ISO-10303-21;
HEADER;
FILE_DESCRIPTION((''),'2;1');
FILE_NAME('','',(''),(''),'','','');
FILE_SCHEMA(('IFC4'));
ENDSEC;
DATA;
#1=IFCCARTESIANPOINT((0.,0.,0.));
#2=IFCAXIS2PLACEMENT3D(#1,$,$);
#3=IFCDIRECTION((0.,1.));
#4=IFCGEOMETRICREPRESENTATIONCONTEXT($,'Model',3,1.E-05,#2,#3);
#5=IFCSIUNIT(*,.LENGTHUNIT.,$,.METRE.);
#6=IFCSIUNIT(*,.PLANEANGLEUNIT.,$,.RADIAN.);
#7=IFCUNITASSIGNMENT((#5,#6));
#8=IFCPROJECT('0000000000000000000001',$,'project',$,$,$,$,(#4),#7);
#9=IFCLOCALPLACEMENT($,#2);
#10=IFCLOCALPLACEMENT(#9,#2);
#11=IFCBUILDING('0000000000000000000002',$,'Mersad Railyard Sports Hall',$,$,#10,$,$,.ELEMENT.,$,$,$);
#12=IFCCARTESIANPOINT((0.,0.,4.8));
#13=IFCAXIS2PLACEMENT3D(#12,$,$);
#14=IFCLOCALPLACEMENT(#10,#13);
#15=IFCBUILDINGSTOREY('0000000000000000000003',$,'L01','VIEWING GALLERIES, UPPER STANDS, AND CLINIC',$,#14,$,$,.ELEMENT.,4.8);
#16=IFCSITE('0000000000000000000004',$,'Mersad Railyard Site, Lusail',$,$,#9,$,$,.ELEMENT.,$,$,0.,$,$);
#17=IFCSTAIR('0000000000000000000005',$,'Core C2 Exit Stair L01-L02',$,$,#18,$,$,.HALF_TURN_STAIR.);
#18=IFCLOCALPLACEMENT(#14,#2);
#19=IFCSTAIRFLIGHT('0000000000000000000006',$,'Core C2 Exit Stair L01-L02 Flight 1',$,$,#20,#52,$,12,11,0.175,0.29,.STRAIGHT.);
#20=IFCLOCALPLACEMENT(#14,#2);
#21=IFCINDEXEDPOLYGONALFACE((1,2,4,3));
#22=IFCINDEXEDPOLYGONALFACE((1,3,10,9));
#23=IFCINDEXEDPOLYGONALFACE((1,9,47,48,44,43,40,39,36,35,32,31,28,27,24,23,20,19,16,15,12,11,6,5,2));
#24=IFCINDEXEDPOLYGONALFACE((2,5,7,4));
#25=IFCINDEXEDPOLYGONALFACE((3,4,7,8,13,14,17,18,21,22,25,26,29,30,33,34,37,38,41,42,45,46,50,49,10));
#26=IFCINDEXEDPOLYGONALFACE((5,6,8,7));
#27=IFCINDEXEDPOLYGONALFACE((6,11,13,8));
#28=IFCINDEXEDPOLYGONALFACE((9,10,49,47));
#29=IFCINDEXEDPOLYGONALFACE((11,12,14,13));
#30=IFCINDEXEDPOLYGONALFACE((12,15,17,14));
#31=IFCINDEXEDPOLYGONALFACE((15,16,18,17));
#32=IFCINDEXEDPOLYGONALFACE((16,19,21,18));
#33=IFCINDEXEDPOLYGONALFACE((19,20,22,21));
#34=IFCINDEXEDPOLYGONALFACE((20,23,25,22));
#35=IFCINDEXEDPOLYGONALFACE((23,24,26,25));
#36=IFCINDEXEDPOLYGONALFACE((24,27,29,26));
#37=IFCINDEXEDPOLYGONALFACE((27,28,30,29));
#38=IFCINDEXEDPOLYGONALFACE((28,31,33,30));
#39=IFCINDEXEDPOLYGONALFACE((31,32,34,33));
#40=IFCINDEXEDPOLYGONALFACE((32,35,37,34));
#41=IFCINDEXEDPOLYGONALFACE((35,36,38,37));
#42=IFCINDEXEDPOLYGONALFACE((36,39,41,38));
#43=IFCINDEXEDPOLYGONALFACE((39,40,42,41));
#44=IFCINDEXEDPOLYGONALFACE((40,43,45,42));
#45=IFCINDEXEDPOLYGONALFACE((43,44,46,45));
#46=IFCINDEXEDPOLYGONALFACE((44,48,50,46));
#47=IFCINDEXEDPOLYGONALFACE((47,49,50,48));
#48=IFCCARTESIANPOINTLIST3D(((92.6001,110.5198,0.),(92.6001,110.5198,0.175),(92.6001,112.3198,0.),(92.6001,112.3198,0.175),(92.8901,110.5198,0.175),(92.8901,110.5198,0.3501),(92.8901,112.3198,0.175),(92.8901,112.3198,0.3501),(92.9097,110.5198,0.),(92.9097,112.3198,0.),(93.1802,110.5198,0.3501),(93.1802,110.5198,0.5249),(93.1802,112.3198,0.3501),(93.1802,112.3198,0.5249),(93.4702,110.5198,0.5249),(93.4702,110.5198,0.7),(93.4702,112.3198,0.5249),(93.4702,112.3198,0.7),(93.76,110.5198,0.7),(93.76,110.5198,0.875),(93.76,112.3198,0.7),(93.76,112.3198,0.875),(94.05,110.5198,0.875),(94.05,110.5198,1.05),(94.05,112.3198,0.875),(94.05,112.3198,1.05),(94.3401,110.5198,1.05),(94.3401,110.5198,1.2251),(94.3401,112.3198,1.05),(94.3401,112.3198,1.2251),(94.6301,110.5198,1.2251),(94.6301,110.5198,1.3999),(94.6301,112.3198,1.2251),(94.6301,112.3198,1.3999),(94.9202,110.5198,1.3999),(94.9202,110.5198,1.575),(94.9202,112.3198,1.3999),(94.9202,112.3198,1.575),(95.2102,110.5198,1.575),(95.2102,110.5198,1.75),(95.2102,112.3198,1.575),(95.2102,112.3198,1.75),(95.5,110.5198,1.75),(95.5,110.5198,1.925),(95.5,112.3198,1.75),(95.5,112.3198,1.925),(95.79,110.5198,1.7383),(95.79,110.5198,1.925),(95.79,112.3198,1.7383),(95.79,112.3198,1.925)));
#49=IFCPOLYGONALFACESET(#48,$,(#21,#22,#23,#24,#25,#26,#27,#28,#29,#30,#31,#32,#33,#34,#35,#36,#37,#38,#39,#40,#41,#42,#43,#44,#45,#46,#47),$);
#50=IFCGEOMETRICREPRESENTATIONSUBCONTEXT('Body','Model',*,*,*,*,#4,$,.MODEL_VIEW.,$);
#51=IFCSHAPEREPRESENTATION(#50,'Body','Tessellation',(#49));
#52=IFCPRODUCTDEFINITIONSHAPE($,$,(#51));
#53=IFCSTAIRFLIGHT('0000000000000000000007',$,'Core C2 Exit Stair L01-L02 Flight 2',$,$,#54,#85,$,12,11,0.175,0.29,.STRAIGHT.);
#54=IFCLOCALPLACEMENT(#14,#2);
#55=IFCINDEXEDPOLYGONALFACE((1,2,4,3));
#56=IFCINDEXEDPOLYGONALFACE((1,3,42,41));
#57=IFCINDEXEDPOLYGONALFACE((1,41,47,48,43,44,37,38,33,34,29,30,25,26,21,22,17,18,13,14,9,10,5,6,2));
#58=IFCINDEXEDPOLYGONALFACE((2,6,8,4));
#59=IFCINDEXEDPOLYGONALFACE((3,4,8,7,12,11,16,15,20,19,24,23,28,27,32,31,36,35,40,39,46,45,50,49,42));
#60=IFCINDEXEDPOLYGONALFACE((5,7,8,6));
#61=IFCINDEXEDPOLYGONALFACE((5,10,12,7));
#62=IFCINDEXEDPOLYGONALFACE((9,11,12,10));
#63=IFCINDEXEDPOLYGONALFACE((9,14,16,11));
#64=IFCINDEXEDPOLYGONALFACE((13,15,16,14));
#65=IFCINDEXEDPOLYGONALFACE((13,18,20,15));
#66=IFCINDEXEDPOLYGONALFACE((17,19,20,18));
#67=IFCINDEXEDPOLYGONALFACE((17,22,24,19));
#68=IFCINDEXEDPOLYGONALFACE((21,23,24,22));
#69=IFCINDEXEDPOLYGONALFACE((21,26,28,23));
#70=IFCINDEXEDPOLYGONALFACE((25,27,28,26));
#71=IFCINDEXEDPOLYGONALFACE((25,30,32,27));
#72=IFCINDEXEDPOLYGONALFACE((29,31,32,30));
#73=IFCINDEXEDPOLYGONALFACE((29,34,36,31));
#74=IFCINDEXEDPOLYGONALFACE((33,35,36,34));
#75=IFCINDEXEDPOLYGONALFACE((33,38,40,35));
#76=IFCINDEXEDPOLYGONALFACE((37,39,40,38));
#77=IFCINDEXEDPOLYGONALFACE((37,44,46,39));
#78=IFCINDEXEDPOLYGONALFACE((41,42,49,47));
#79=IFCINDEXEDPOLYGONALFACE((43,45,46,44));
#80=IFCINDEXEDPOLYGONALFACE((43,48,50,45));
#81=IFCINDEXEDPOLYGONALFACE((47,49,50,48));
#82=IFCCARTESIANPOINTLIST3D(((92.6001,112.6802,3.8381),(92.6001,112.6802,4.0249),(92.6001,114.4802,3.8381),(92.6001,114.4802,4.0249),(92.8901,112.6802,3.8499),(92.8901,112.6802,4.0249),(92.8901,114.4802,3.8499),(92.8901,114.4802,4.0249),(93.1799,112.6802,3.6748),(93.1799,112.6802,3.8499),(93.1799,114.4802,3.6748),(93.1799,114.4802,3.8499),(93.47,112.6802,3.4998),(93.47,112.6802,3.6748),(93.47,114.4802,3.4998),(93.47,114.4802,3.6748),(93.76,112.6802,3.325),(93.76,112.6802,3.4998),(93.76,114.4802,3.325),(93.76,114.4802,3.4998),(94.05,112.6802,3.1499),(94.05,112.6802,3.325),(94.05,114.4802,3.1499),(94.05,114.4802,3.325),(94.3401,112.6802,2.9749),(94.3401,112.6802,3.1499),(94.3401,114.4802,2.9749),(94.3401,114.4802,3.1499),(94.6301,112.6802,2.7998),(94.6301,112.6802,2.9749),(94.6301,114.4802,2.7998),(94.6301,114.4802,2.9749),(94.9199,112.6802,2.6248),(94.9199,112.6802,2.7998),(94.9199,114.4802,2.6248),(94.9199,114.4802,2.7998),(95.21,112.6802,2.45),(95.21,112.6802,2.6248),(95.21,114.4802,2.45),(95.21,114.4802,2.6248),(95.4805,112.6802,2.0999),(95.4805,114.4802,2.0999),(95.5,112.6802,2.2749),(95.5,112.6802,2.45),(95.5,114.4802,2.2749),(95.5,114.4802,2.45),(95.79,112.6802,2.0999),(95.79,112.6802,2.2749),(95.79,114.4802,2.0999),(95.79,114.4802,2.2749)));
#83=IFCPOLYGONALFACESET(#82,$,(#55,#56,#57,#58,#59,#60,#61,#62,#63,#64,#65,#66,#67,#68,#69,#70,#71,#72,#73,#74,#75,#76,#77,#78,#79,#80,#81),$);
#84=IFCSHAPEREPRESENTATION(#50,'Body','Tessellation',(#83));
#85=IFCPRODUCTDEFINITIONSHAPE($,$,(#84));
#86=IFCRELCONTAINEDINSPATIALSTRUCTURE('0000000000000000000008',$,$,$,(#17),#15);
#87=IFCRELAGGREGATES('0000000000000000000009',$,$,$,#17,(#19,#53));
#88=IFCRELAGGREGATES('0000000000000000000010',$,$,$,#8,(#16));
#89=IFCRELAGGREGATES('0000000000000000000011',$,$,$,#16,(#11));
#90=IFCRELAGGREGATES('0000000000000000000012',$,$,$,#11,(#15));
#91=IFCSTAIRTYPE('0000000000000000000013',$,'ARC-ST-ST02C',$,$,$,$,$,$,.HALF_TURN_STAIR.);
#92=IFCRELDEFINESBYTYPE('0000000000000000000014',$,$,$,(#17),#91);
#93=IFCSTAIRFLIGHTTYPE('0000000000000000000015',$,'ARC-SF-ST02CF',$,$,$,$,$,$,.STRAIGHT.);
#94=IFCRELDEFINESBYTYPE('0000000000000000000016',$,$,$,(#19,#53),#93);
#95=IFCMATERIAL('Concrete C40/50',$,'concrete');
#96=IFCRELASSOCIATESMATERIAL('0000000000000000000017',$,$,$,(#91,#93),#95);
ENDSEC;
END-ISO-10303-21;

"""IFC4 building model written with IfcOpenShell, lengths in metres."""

from ifc_helpers import new_model, si_unit, direction, frame, origin, place, context, subcontext, project, spatial, polyline, outline, extrude, material, type_object, element, aggregate, save


model = new_model("IFC4")

# Units and contexts
model_context = context("Model", 3, precision=1e-05, world=origin(), true_north=direction((0.0, 1.0)))
body_context = subcontext(model_context, "Body", "Model", "MODEL_VIEW")
ifc_project = project(units=[si_unit("LENGTHUNIT", "METRE"), si_unit("PLANEANGLEUNIT", "RADIAN")], contexts=[model_context])

# Site, building, storey
site_placement = place(None, origin())
site = spatial("IfcSite", under=ifc_project, at=site_placement, Name="Mersad Railyard Site, Lusail", CompositionType="ELEMENT", RefElevation=0.0)
building_placement = place(site_placement, origin())
building = spatial("IfcBuilding", under=site, at=building_placement, Name="Mersad Railyard Sports Hall", CompositionType="ELEMENT")
storey_placement = place(building_placement, frame((0.0, 0.0, 4.8)))
storey = spatial("IfcBuildingStorey", under=building, at=storey_placement, Name="L01", Description="VIEWING GALLERIES, UPPER STANDS, AND CLINIC", CompositionType="ELEMENT", Elevation=4.8)

# Shared definitions
ifc_material_1 = material(Name="Concrete C40/50", Category="concrete")

# Stair, stair flights
stair_type = type_object("IfcStairType", Name="ARC-ST-ST02C", PredefinedType="HALF_TURN_STAIR", material=ifc_material_1)
stair_placement = place(storey_placement, origin())
stair = element("IfcStair", 1, at=stair_placement, inside=storey, type_object=stair_type, Name="Core C2 Exit Stair L01-L02", PredefinedType="HALF_TURN_STAIR")
stair_flight_type = type_object("IfcStairFlightType", Name="ARC-SF-ST02CF", PredefinedType="STRAIGHT", material=ifc_material_1)
stair_flight_1_placement = place(storey_placement, frame((92.6001, 111.4199, 0.0), z_axis=(0.0, 0.0, 1.0), x_axis=(1.0, 0.0, 0.0)))
stair_flight_1 = element("IfcStairFlight", 2, at=stair_flight_1_placement, type_object=stair_flight_type, Name="Core C2 Exit Stair L01-L02 Flight 1", NumberOfRisers=12, NumberOfTreads=11, PredefinedType="STRAIGHT", RiserHeight=0.175, TreadLength=0.29, context=body_context, shape_type="SweptSolid", body=[
    extrude(outline(polyline([(0.0, 0.0), (0.0, 0.175), (0.29, 0.175), (0.29, 0.3501), (0.5801, 0.3501), (0.5801, 0.5249), (0.8701, 0.5249), (0.8701, 0.7), (1.1599, 0.7), (1.1599, 0.875), (1.45, 0.875), (1.45, 1.05), (1.74, 1.05), (1.74, 1.2251), (2.03, 1.2251), (2.03, 1.3999), (2.3201, 1.3999), (2.3201, 1.575), (2.6101, 1.575), (2.6101, 1.75), (2.8999, 1.75), (2.8999, 1.925), (3.1899, 1.925), (3.1899, 2.1001), (3.1899, 1.7383), (0.3096, 0.0), (0.0, 0.0)])), frame((0.0, 0.8999, 0.0), z_axis=(0.0, -1.0, 0.0), x_axis=(1.0, 0.0, 0.0)), (0.0, 0.0, 1.0), 1.8),
])
stair_flight_2_placement = place(storey_placement, frame((95.79, 113.5801, 2.0999), z_axis=(0.0, 0.0, 1.0), x_axis=(-1.0, 0.0, 0.0)))
stair_flight_2 = element("IfcStairFlight", 3, at=stair_flight_2_placement, type_object=stair_flight_type, Name="Core C2 Exit Stair L01-L02 Flight 2", NumberOfRisers=12, NumberOfTreads=11, PredefinedType="STRAIGHT", RiserHeight=0.175, TreadLength=0.29, context=body_context, shape_type="SweptSolid", body=[
    extrude(outline(polyline([(0.0, 0.0), (0.0, 0.175), (0.29, 0.175), (0.29, 0.3501), (0.5801, 0.3501), (0.5801, 0.5249), (0.8701, 0.5249), (0.8701, 0.7), (1.1599, 0.7), (1.1599, 0.875), (1.45, 0.875), (1.45, 1.05), (1.74, 1.05), (1.74, 1.2251), (2.03, 1.2251), (2.03, 1.3999), (2.3201, 1.3999), (2.3201, 1.575), (2.6101, 1.575), (2.6101, 1.75), (2.8999, 1.75), (2.8999, 1.925), (3.1899, 1.925), (3.1899, 2.1001), (3.1899, 1.7383), (0.3096, 0.0), (0.0, 0.0)])), frame((0.0, 0.8999, 0.0), z_axis=(0.0, -1.0, 0.0), x_axis=(1.0, 0.0, 0.0)), (0.0, 0.0, 1.0), 1.8),
])
aggregate(stair, [stair_flight_1, stair_flight_2])

save(model, "model.ifc")
